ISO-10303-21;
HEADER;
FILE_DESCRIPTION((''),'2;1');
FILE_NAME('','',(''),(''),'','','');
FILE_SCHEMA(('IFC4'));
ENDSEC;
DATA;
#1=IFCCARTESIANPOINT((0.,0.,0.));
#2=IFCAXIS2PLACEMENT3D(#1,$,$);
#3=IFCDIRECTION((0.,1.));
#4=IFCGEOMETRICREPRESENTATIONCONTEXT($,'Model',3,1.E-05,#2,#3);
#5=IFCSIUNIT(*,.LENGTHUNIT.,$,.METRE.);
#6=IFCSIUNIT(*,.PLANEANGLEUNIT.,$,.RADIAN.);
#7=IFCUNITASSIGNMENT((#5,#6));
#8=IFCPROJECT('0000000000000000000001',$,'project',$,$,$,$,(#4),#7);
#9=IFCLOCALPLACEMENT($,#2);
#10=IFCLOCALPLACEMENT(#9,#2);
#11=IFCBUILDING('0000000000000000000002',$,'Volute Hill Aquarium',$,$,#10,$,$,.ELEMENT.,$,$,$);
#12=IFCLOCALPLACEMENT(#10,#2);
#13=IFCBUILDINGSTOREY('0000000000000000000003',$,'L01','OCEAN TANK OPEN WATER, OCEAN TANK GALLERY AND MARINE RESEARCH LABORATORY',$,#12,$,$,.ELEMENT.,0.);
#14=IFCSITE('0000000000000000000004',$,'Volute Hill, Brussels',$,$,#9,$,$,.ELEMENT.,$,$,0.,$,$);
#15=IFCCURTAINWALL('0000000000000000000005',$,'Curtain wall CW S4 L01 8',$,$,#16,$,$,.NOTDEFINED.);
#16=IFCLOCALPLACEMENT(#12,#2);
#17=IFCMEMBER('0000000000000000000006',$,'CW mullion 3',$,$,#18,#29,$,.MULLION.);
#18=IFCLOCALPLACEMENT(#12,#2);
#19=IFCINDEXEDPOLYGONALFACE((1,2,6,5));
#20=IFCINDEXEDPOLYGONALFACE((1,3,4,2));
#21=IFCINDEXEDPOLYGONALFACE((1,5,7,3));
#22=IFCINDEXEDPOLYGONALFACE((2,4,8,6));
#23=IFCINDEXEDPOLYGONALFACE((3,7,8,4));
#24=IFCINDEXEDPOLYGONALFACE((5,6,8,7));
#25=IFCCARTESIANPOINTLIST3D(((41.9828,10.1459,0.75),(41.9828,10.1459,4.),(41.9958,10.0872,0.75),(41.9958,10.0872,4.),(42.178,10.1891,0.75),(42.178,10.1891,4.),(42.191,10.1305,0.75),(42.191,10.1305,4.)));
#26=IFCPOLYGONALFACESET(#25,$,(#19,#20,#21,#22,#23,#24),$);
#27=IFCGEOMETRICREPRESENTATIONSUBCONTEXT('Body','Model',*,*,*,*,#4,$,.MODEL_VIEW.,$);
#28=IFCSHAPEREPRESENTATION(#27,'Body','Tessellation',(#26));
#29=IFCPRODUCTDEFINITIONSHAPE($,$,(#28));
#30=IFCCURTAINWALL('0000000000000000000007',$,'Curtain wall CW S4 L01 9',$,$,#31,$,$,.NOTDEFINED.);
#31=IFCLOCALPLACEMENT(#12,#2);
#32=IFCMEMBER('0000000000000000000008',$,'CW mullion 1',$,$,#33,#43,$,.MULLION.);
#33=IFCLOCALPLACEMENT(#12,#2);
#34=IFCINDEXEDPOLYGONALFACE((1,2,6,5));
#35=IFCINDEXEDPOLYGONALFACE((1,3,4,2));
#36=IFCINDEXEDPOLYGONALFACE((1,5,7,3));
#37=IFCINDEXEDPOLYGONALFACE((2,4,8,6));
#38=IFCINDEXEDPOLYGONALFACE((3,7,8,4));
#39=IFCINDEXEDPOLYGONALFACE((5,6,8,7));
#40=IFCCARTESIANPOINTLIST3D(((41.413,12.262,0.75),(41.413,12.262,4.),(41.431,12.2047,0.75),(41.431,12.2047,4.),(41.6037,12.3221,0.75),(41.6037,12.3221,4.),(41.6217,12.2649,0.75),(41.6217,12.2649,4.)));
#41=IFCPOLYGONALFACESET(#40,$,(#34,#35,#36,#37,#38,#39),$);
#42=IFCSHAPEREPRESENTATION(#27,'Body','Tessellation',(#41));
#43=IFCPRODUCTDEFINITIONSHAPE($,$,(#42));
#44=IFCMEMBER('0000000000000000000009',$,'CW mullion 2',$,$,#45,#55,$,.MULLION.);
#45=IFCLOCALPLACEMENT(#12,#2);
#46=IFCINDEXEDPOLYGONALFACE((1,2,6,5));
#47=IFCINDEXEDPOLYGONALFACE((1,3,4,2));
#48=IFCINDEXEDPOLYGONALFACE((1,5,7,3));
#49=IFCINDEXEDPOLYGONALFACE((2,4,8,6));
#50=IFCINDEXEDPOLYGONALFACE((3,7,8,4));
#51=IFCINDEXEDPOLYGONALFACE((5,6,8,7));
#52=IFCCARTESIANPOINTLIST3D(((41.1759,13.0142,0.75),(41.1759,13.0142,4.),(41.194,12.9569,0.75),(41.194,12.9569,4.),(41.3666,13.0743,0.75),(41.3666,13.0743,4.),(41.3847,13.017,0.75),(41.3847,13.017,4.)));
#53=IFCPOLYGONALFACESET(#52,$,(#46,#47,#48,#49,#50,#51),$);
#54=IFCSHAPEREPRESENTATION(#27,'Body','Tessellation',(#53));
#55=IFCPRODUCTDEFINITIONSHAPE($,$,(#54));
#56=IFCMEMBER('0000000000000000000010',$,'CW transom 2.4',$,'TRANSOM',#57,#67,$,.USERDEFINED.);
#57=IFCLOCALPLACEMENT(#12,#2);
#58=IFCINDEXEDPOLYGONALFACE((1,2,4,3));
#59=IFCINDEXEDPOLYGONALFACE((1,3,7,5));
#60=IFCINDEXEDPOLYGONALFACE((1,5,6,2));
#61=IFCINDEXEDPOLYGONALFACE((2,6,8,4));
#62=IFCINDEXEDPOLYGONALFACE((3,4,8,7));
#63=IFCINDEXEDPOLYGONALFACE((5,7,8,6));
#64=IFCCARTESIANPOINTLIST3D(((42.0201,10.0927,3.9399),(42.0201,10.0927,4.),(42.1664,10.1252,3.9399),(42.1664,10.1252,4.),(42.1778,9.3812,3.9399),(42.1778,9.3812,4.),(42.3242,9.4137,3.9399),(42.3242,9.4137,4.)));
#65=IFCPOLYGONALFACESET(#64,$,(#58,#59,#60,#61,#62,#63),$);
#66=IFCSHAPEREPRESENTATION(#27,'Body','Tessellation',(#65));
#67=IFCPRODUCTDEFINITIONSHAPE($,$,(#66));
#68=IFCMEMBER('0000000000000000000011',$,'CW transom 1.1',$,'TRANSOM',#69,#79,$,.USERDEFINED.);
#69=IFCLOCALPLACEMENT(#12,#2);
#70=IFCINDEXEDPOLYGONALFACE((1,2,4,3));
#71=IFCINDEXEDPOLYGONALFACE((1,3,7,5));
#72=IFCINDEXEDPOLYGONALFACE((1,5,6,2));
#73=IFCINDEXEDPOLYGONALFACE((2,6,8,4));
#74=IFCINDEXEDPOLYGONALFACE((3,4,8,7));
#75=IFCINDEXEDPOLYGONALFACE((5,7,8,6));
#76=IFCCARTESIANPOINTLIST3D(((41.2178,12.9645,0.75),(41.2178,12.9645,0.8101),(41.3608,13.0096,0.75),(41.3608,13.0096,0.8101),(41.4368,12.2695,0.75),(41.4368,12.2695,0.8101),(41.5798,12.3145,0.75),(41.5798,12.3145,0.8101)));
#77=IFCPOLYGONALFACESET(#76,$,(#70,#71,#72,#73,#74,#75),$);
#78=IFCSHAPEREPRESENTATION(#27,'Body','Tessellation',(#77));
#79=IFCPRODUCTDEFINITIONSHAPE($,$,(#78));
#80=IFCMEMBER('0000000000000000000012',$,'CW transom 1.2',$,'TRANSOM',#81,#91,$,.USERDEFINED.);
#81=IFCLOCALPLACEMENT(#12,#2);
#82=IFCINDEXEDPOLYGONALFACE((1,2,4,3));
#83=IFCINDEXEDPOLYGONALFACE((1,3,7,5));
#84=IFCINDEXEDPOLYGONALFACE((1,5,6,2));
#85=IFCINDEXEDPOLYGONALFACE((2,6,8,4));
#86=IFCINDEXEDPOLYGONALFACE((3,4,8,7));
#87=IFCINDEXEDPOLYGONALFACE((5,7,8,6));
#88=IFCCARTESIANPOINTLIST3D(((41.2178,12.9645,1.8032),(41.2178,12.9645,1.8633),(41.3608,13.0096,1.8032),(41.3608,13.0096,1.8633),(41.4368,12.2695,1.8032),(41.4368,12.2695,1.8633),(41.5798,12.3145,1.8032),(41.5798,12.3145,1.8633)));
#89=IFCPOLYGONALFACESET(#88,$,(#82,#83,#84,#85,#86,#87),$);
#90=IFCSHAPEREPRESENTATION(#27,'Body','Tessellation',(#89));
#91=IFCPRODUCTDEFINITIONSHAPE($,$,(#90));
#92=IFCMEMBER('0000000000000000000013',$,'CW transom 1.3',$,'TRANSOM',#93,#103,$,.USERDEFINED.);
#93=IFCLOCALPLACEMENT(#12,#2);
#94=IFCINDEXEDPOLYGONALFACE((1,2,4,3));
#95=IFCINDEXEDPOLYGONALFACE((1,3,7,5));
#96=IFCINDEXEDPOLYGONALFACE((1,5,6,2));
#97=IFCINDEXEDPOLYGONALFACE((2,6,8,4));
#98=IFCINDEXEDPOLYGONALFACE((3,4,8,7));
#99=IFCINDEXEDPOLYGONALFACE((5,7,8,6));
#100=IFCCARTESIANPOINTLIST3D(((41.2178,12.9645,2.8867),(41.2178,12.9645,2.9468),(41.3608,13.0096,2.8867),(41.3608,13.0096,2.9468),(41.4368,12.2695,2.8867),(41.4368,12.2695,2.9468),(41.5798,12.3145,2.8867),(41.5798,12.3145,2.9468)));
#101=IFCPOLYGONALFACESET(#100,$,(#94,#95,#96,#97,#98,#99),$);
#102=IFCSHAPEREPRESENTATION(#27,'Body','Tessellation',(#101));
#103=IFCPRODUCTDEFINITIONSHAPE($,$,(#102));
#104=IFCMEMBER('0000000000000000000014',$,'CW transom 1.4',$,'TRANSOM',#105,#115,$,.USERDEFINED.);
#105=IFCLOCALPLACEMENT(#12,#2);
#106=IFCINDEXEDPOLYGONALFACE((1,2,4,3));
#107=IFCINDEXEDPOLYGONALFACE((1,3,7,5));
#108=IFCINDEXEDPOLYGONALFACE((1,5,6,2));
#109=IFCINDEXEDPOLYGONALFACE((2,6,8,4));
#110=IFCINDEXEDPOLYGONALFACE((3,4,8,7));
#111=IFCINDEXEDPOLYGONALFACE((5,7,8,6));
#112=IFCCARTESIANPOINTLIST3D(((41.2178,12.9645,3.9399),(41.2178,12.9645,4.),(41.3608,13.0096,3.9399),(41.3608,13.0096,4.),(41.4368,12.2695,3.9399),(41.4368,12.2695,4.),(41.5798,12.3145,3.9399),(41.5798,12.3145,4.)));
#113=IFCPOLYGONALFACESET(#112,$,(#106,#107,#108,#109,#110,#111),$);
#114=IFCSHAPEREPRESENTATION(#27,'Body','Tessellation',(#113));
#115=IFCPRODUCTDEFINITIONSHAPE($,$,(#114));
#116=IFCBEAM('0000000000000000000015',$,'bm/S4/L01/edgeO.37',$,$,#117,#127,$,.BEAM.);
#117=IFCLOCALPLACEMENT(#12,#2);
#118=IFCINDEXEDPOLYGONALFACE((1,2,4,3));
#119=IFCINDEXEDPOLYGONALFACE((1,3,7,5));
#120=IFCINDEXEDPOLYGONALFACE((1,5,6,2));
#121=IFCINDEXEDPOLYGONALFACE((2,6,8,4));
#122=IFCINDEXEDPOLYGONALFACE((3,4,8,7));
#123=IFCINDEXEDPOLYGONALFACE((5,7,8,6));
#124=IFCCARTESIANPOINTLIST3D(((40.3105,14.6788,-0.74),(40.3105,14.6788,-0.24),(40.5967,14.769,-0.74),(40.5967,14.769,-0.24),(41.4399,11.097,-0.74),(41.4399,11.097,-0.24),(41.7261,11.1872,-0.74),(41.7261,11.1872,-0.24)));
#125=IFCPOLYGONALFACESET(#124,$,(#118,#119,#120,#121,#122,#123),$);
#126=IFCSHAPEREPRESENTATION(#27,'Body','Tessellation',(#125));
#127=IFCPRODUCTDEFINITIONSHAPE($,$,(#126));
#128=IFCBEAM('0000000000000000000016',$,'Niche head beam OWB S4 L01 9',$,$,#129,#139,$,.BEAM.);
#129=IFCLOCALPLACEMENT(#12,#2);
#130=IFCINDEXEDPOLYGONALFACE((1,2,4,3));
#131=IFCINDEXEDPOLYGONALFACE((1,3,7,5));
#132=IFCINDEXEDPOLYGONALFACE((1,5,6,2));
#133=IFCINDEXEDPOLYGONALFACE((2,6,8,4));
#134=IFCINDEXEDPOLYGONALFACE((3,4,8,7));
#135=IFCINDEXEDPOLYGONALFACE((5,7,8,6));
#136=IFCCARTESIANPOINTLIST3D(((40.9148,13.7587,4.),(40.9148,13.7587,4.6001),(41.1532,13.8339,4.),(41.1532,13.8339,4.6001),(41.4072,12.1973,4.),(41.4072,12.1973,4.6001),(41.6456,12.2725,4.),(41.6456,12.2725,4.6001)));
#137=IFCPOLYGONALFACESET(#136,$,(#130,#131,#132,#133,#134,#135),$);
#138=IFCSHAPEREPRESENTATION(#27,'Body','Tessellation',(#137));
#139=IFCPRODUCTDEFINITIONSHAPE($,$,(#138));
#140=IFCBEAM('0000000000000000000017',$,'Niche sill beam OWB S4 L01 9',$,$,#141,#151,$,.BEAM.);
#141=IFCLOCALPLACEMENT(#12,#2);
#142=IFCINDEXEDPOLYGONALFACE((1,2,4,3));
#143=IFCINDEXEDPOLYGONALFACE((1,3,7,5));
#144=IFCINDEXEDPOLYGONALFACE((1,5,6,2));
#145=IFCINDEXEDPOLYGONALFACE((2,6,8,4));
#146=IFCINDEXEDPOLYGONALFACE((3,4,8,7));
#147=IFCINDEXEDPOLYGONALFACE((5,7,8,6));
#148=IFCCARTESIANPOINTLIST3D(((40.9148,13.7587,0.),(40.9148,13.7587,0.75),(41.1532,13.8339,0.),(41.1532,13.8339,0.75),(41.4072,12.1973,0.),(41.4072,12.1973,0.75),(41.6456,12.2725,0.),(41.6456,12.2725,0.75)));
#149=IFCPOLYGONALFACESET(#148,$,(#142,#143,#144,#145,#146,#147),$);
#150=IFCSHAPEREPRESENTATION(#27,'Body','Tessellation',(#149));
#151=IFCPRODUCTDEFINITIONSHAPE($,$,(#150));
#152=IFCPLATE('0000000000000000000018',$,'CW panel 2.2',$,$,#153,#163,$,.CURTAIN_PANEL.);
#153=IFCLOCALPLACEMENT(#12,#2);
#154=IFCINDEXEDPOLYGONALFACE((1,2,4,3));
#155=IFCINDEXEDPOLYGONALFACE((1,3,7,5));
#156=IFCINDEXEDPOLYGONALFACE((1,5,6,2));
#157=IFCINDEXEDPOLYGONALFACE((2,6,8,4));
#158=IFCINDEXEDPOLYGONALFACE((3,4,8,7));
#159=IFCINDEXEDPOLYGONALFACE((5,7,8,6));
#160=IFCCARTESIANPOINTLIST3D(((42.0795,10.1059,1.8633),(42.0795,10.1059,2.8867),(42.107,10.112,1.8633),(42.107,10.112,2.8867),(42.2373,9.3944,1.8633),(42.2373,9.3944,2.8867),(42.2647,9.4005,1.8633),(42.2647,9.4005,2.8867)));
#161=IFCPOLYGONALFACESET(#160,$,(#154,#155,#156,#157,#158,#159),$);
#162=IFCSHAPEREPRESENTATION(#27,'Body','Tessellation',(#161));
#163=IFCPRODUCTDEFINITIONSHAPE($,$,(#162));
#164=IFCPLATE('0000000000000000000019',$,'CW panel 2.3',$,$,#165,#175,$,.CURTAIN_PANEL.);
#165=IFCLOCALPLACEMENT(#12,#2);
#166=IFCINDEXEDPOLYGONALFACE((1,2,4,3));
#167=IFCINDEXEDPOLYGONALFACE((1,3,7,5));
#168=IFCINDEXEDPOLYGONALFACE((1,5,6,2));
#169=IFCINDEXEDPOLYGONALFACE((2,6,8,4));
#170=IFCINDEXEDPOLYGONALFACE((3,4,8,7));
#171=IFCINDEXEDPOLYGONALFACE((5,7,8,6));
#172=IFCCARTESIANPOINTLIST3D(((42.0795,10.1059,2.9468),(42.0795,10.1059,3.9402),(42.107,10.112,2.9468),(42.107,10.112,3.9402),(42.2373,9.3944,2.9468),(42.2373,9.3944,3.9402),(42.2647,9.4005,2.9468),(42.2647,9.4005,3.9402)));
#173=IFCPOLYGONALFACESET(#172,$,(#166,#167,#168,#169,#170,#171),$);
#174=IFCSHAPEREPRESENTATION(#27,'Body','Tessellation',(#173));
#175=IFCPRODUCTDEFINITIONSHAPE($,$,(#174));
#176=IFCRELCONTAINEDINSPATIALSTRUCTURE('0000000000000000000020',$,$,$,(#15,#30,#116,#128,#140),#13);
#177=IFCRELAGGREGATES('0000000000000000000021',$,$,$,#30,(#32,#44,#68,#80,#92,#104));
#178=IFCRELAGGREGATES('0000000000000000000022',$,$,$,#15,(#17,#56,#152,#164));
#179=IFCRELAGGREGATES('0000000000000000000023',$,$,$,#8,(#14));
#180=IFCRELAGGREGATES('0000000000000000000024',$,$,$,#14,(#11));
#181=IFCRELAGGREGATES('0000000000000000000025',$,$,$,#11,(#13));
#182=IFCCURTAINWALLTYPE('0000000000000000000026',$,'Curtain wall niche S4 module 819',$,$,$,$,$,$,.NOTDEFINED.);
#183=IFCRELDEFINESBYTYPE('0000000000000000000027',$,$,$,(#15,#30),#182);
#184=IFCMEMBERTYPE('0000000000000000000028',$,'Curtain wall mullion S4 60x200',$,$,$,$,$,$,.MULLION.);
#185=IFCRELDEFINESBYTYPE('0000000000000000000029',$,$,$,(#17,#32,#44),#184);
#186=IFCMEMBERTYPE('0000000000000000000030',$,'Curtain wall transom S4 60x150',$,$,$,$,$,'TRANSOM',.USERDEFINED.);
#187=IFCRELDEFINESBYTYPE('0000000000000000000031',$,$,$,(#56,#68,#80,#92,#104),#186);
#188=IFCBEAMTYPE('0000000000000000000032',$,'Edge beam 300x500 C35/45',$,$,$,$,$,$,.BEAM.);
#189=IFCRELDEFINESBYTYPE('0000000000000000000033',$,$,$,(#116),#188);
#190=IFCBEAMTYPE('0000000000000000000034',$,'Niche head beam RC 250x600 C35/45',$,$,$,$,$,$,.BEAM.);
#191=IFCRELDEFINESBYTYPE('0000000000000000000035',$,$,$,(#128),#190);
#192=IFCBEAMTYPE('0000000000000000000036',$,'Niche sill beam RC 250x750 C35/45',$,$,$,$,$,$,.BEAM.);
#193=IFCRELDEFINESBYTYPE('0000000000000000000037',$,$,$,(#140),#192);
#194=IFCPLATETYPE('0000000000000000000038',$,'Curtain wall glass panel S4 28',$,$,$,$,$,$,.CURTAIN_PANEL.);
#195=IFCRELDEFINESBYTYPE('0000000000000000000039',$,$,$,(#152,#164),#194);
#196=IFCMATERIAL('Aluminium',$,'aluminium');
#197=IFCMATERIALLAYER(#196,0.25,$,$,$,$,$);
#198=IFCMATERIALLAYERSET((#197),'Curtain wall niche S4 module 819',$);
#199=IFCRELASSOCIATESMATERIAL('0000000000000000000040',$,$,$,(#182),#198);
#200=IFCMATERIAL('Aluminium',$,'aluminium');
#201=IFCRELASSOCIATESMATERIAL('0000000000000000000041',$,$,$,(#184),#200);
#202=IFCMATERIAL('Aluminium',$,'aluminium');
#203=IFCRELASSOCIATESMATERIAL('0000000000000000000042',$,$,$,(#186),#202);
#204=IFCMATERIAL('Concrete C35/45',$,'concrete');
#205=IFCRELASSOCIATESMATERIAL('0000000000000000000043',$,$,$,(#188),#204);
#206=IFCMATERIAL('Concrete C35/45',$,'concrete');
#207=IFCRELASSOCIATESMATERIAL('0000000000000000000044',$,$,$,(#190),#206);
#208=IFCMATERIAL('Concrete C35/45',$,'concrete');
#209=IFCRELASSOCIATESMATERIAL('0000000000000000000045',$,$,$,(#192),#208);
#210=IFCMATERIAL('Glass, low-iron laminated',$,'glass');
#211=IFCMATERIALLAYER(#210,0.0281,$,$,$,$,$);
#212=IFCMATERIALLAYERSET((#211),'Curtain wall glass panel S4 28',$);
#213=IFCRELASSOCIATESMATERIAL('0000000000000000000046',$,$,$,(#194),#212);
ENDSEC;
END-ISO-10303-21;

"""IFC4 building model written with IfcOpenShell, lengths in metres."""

from ifc_helpers import new_model, si_unit, direction, frame, origin, origin_2d, place, context, subcontext, project, spatial, rectangle, extrude, material, layer, layer_set, material_profile, profile_set, type_object, element, aggregate, save


model = new_model("IFC4")

# Units and contexts
model_context = context("Model", 3, precision=1e-05, world=origin(), true_north=direction((0.0, 1.0)))
body_context = subcontext(model_context, "Body", "Model", "MODEL_VIEW")
ifc_project = project(units=[si_unit("LENGTHUNIT", "METRE"), si_unit("PLANEANGLEUNIT", "RADIAN")], contexts=[model_context])

# Site, building, storey
site_placement = place(None, origin())
site = spatial("IfcSite", under=ifc_project, at=site_placement, Name="Volute Hill, Brussels", CompositionType="ELEMENT", RefElevation=0.0)
building_placement = place(site_placement, origin())
building = spatial("IfcBuilding", under=site, at=building_placement, Name="Volute Hill Aquarium", CompositionType="ELEMENT")
storey_placement = place(building_placement, origin())
storey = spatial("IfcBuildingStorey", under=building, at=storey_placement, Name="L01", Description="OCEAN TANK OPEN WATER, OCEAN TANK GALLERY AND MARINE RESEARCH LABORATORY", CompositionType="ELEMENT", Elevation=0.0)

# Curtain wall, member
ifc_material_1 = material(Name="Aluminium", Category="aluminium")
ifc_layer_1 = layer(ifc_material_1, 0.25)
ifc_layer_set_1 = layer_set([ifc_layer_1], Name="Curtain wall niche S4 module 819")
curtain_wall_type = type_object("IfcCurtainWallType", Name="Curtain wall niche S4 module 819", PredefinedType="NOTDEFINED", material=ifc_layer_set_1)
curtain_wall_1_placement = place(storey_placement, origin())
curtain_wall_1 = element("IfcCurtainWall", 1, at=curtain_wall_1_placement, inside=storey, type_object=curtain_wall_type, Name="Curtain wall CW S4 L01 8", PredefinedType="NOTDEFINED")
ifc_material_2 = material(Name="Aluminium", Category="aluminium")
ifc_material_profile_1 = material_profile(ifc_material_2, rectangle(XDim=0.2, YDim=0.0601, at=origin_2d()), Name="Curtain wall mullion S4 60x200")
ifc_profile_set_1 = profile_set([ifc_material_profile_1], Name="Aluminium")
member_type_1 = type_object("IfcMemberType", Name="Curtain wall mullion S4 60x200", PredefinedType="MULLION", material=ifc_profile_set_1)
member_1_placement = place(storey_placement, frame((42.0869, 10.1382, 0.75), z_axis=(0.0, 0.0, 1.0), x_axis=(-0.976297, -0.216436, 0.0)))
member_1 = element("IfcMember", 2, at=member_1_placement, type_object=member_type_1, Name="CW mullion 3", PredefinedType="MULLION", context=body_context, shape_type="SweptSolid", body=[
    extrude(rectangle(XDim=0.2, YDim=0.0601, at=origin_2d()), origin(), (0.0, 0.0, 1.0), 3.25),
])

# Curtain wall, members
curtain_wall_2_placement = place(storey_placement, origin())
curtain_wall_2 = element("IfcCurtainWall", 3, at=curtain_wall_2_placement, inside=storey, type_object=curtain_wall_type, Name="Curtain wall CW S4 L01 9", PredefinedType="NOTDEFINED")
member_2_placement = place(storey_placement, frame((41.5173, 12.2634, 0.75), z_axis=(0.0, 0.0, 1.0), x_axis=(-0.953716, -0.30071, 0.0)))
member_2 = element("IfcMember", 4, at=member_2_placement, type_object=member_type_1, Name="CW mullion 1", PredefinedType="MULLION", context=body_context, shape_type="SweptSolid", body=[
    extrude(rectangle(XDim=0.2, YDim=0.0601, at=origin_2d()), origin(), (0.0, 0.0, 1.0), 3.25),
])
member_3_placement = place(storey_placement, frame((41.2803, 13.0156, 0.75), z_axis=(0.0, 0.0, 1.0), x_axis=(-0.953716, -0.30071, 0.0)))
member_3 = element("IfcMember", 5, at=member_3_placement, type_object=member_type_1, Name="CW mullion 2", PredefinedType="MULLION", context=body_context, shape_type="SweptSolid", body=[
    extrude(rectangle(XDim=0.2, YDim=0.0601, at=origin_2d()), origin(), (0.0, 0.0, 1.0), 3.25),
])

# Members
ifc_material_3 = material(Name="Aluminium", Category="aluminium")
ifc_material_profile_2 = material_profile(ifc_material_3, rectangle(XDim=0.1499, YDim=0.0601, at=origin_2d()), Name="Curtain wall transom S4 60x150")
ifc_profile_set_2 = profile_set([ifc_material_profile_2], Name="Aluminium")
member_type_2 = type_object("IfcMemberType", Name="Curtain wall transom S4 60x150", ElementType="TRANSOM", PredefinedType="USERDEFINED", material=ifc_profile_set_2)
member_4_placement = place(storey_placement, frame((42.251, 9.3975, 3.97), z_axis=(-0.216434, 0.976297, 0.0), x_axis=(-0.976297, -0.216434, 0.0)))
member_4 = element("IfcMember", 6, at=member_4_placement, type_object=member_type_2, Name="CW transom 2.4", ObjectType="TRANSOM", PredefinedType="USERDEFINED", context=body_context, shape_type="SweptSolid", body=[
    extrude(rectangle(XDim=0.1499, YDim=0.0601, at=origin_2d()), origin(), (0.0, 0.0, 1.0), 0.7288),
])
member_5_placement = place(storey_placement, frame((41.5083, 12.292, 0.78), z_axis=(-0.300506, 0.95378, 0.0), x_axis=(-0.95378, -0.300506, 0.0)))
member_5 = element("IfcMember", 7, at=member_5_placement, type_object=member_type_2, Name="CW transom 1.1", ObjectType="TRANSOM", PredefinedType="USERDEFINED", context=body_context, shape_type="SweptSolid", body=[
    extrude(rectangle(XDim=0.1499, YDim=0.0601, at=origin_2d()), origin(), (0.0, 0.0, 1.0), 0.7288),
])
member_6_placement = place(storey_placement, frame((41.5083, 12.292, 1.8333), z_axis=(-0.300506, 0.95378, 0.0), x_axis=(-0.95378, -0.300506, 0.0)))
member_6 = element("IfcMember", 8, at=member_6_placement, type_object=member_type_2, Name="CW transom 1.2", ObjectType="TRANSOM", PredefinedType="USERDEFINED", context=body_context, shape_type="SweptSolid", body=[
    extrude(rectangle(XDim=0.1499, YDim=0.0601, at=origin_2d()), origin(), (0.0, 0.0, 1.0), 0.7288),
])
member_7_placement = place(storey_placement, frame((41.5083, 12.292, 2.9167), z_axis=(-0.300506, 0.95378, 0.0), x_axis=(-0.95378, -0.300506, 0.0)))
member_7 = element("IfcMember", 9, at=member_7_placement, type_object=member_type_2, Name="CW transom 1.3", ObjectType="TRANSOM", PredefinedType="USERDEFINED", context=body_context, shape_type="SweptSolid", body=[
    extrude(rectangle(XDim=0.1499, YDim=0.0601, at=origin_2d()), origin(), (0.0, 0.0, 1.0), 0.7288),
])
member_8_placement = place(storey_placement, frame((41.5083, 12.292, 3.97), z_axis=(-0.300506, 0.95378, 0.0), x_axis=(-0.95378, -0.300506, 0.0)))
member_8 = element("IfcMember", 10, at=member_8_placement, type_object=member_type_2, Name="CW transom 1.4", ObjectType="TRANSOM", PredefinedType="USERDEFINED", context=body_context, shape_type="SweptSolid", body=[
    extrude(rectangle(XDim=0.1499, YDim=0.0601, at=origin_2d()), origin(), (0.0, 0.0, 1.0), 0.7288),
])

# Beams
ifc_material_4 = material(Name="Concrete C35/45", Category="concrete")
ifc_material_profile_3 = material_profile(ifc_material_4, rectangle(XDim=0.3, YDim=0.5, at=origin_2d()), Name="RC edge beam 300x500")
ifc_profile_set_3 = profile_set([ifc_material_profile_3], Name="Concrete C35/45")
beam_type_1 = type_object("IfcBeamType", Name="Edge beam 300x500 C35/45", PredefinedType="BEAM", material=ifc_profile_set_3)
beam_1_placement = place(storey_placement, frame((41.583, 11.1421, -0.49), z_axis=(-0.300721, 0.953712, 0.0), x_axis=(-0.953712, -0.300721, 0.0)))
element("IfcBeam", 11, at=beam_1_placement, inside=storey, type_object=beam_type_1, Name="bm/S4/L01/edgeO.37", PredefinedType="BEAM", context=body_context, shape_type="SweptSolid", body=[
    extrude(rectangle(XDim=0.3, YDim=0.5, at=origin_2d()), origin(), (0.0, 0.0, 1.0), 3.7556),
])
ifc_material_5 = material(Name="Concrete C35/45", Category="concrete")
ifc_material_profile_4 = material_profile(ifc_material_5, rectangle(XDim=0.25, YDim=0.6001, at=origin_2d()), Name="RC beam 250x600")
ifc_profile_set_4 = profile_set([ifc_material_profile_4], Name="Concrete C35/45")
beam_type_2 = type_object("IfcBeamType", Name="Niche head beam RC 250x600 C35/45", PredefinedType="BEAM", material=ifc_profile_set_4)
beam_2_placement = place(storey_placement, frame((41.5264, 12.2349, 4.3), z_axis=(-0.300753, 0.953702, 0.0), x_axis=(-0.953702, -0.300753, 0.0)))
element("IfcBeam", 12, at=beam_2_placement, inside=storey, type_object=beam_type_2, Name="Niche head beam OWB S4 L01 9", PredefinedType="BEAM", context=body_context, shape_type="SweptSolid", body=[
    extrude(rectangle(XDim=0.25, YDim=0.6001, at=origin_2d()), origin(), (0.0, 0.0, 1.0), 1.6372),
])
ifc_material_6 = material(Name="Concrete C35/45", Category="concrete")
ifc_material_profile_5 = material_profile(ifc_material_6, rectangle(XDim=0.25, YDim=0.75, at=origin_2d()), Name="RC beam 250x750")
ifc_profile_set_5 = profile_set([ifc_material_profile_5], Name="Concrete C35/45")
beam_type_3 = type_object("IfcBeamType", Name="Niche sill beam RC 250x750 C35/45", PredefinedType="BEAM", material=ifc_profile_set_5)
beam_3_placement = place(storey_placement, frame((41.5264, 12.2349, 0.375), z_axis=(-0.300753, 0.953702, 0.0), x_axis=(-0.953702, -0.300753, 0.0)))
element("IfcBeam", 13, at=beam_3_placement, inside=storey, type_object=beam_type_3, Name="Niche sill beam OWB S4 L01 9", PredefinedType="BEAM", context=body_context, shape_type="SweptSolid", body=[
    extrude(rectangle(XDim=0.25, YDim=0.75, at=origin_2d()), origin(), (0.0, 0.0, 1.0), 1.6372),
])

# Plates
ifc_material_7 = material(Name="Glass, low-iron laminated", Category="glass")
ifc_layer_2 = layer(ifc_material_7, 0.0281)
ifc_layer_set_2 = layer_set([ifc_layer_2], Name="Curtain wall glass panel S4 28")
plate_type_1 = type_object("IfcPlateType", Name="Curtain wall glass panel S4 28", PredefinedType="CURTAIN_PANEL", material=ifc_layer_set_2)
plate_1_placement = place(storey_placement, frame((42.1721, 9.7532, 1.8633), z_axis=(0.0, 0.0, 1.0), x_axis=(-0.216436, 0.976297, 0.0)))
plate_1 = element("IfcPlate", 14, at=plate_1_placement, type_object=plate_type_1, Name="CW panel 2.2", PredefinedType="CURTAIN_PANEL", context=body_context, shape_type="SweptSolid", body=[
    extrude(rectangle(XDim=0.7288, YDim=0.0281, at=origin_2d()), origin(), (0.0, 0.0, 1.0), 1.0234),
])
plate_2_placement = place(storey_placement, frame((42.1721, 9.7532, 2.9468), z_axis=(0.0, 0.0, 1.0), x_axis=(-0.216436, 0.976297, 0.0)))
plate_2 = element("IfcPlate", 15, at=plate_2_placement, type_object=plate_type_1, Name="CW panel 2.3", PredefinedType="CURTAIN_PANEL", context=body_context, shape_type="SweptSolid", body=[
    extrude(rectangle(XDim=0.7288, YDim=0.0281, at=origin_2d()), origin(), (0.0, 0.0, 1.0), 0.9934),
])
aggregate(curtain_wall_2, [member_2, member_3, member_5, member_6, member_7, member_8])
aggregate(curtain_wall_1, [member_1, member_4, plate_1, plate_2])

save(model, "model.ifc")
